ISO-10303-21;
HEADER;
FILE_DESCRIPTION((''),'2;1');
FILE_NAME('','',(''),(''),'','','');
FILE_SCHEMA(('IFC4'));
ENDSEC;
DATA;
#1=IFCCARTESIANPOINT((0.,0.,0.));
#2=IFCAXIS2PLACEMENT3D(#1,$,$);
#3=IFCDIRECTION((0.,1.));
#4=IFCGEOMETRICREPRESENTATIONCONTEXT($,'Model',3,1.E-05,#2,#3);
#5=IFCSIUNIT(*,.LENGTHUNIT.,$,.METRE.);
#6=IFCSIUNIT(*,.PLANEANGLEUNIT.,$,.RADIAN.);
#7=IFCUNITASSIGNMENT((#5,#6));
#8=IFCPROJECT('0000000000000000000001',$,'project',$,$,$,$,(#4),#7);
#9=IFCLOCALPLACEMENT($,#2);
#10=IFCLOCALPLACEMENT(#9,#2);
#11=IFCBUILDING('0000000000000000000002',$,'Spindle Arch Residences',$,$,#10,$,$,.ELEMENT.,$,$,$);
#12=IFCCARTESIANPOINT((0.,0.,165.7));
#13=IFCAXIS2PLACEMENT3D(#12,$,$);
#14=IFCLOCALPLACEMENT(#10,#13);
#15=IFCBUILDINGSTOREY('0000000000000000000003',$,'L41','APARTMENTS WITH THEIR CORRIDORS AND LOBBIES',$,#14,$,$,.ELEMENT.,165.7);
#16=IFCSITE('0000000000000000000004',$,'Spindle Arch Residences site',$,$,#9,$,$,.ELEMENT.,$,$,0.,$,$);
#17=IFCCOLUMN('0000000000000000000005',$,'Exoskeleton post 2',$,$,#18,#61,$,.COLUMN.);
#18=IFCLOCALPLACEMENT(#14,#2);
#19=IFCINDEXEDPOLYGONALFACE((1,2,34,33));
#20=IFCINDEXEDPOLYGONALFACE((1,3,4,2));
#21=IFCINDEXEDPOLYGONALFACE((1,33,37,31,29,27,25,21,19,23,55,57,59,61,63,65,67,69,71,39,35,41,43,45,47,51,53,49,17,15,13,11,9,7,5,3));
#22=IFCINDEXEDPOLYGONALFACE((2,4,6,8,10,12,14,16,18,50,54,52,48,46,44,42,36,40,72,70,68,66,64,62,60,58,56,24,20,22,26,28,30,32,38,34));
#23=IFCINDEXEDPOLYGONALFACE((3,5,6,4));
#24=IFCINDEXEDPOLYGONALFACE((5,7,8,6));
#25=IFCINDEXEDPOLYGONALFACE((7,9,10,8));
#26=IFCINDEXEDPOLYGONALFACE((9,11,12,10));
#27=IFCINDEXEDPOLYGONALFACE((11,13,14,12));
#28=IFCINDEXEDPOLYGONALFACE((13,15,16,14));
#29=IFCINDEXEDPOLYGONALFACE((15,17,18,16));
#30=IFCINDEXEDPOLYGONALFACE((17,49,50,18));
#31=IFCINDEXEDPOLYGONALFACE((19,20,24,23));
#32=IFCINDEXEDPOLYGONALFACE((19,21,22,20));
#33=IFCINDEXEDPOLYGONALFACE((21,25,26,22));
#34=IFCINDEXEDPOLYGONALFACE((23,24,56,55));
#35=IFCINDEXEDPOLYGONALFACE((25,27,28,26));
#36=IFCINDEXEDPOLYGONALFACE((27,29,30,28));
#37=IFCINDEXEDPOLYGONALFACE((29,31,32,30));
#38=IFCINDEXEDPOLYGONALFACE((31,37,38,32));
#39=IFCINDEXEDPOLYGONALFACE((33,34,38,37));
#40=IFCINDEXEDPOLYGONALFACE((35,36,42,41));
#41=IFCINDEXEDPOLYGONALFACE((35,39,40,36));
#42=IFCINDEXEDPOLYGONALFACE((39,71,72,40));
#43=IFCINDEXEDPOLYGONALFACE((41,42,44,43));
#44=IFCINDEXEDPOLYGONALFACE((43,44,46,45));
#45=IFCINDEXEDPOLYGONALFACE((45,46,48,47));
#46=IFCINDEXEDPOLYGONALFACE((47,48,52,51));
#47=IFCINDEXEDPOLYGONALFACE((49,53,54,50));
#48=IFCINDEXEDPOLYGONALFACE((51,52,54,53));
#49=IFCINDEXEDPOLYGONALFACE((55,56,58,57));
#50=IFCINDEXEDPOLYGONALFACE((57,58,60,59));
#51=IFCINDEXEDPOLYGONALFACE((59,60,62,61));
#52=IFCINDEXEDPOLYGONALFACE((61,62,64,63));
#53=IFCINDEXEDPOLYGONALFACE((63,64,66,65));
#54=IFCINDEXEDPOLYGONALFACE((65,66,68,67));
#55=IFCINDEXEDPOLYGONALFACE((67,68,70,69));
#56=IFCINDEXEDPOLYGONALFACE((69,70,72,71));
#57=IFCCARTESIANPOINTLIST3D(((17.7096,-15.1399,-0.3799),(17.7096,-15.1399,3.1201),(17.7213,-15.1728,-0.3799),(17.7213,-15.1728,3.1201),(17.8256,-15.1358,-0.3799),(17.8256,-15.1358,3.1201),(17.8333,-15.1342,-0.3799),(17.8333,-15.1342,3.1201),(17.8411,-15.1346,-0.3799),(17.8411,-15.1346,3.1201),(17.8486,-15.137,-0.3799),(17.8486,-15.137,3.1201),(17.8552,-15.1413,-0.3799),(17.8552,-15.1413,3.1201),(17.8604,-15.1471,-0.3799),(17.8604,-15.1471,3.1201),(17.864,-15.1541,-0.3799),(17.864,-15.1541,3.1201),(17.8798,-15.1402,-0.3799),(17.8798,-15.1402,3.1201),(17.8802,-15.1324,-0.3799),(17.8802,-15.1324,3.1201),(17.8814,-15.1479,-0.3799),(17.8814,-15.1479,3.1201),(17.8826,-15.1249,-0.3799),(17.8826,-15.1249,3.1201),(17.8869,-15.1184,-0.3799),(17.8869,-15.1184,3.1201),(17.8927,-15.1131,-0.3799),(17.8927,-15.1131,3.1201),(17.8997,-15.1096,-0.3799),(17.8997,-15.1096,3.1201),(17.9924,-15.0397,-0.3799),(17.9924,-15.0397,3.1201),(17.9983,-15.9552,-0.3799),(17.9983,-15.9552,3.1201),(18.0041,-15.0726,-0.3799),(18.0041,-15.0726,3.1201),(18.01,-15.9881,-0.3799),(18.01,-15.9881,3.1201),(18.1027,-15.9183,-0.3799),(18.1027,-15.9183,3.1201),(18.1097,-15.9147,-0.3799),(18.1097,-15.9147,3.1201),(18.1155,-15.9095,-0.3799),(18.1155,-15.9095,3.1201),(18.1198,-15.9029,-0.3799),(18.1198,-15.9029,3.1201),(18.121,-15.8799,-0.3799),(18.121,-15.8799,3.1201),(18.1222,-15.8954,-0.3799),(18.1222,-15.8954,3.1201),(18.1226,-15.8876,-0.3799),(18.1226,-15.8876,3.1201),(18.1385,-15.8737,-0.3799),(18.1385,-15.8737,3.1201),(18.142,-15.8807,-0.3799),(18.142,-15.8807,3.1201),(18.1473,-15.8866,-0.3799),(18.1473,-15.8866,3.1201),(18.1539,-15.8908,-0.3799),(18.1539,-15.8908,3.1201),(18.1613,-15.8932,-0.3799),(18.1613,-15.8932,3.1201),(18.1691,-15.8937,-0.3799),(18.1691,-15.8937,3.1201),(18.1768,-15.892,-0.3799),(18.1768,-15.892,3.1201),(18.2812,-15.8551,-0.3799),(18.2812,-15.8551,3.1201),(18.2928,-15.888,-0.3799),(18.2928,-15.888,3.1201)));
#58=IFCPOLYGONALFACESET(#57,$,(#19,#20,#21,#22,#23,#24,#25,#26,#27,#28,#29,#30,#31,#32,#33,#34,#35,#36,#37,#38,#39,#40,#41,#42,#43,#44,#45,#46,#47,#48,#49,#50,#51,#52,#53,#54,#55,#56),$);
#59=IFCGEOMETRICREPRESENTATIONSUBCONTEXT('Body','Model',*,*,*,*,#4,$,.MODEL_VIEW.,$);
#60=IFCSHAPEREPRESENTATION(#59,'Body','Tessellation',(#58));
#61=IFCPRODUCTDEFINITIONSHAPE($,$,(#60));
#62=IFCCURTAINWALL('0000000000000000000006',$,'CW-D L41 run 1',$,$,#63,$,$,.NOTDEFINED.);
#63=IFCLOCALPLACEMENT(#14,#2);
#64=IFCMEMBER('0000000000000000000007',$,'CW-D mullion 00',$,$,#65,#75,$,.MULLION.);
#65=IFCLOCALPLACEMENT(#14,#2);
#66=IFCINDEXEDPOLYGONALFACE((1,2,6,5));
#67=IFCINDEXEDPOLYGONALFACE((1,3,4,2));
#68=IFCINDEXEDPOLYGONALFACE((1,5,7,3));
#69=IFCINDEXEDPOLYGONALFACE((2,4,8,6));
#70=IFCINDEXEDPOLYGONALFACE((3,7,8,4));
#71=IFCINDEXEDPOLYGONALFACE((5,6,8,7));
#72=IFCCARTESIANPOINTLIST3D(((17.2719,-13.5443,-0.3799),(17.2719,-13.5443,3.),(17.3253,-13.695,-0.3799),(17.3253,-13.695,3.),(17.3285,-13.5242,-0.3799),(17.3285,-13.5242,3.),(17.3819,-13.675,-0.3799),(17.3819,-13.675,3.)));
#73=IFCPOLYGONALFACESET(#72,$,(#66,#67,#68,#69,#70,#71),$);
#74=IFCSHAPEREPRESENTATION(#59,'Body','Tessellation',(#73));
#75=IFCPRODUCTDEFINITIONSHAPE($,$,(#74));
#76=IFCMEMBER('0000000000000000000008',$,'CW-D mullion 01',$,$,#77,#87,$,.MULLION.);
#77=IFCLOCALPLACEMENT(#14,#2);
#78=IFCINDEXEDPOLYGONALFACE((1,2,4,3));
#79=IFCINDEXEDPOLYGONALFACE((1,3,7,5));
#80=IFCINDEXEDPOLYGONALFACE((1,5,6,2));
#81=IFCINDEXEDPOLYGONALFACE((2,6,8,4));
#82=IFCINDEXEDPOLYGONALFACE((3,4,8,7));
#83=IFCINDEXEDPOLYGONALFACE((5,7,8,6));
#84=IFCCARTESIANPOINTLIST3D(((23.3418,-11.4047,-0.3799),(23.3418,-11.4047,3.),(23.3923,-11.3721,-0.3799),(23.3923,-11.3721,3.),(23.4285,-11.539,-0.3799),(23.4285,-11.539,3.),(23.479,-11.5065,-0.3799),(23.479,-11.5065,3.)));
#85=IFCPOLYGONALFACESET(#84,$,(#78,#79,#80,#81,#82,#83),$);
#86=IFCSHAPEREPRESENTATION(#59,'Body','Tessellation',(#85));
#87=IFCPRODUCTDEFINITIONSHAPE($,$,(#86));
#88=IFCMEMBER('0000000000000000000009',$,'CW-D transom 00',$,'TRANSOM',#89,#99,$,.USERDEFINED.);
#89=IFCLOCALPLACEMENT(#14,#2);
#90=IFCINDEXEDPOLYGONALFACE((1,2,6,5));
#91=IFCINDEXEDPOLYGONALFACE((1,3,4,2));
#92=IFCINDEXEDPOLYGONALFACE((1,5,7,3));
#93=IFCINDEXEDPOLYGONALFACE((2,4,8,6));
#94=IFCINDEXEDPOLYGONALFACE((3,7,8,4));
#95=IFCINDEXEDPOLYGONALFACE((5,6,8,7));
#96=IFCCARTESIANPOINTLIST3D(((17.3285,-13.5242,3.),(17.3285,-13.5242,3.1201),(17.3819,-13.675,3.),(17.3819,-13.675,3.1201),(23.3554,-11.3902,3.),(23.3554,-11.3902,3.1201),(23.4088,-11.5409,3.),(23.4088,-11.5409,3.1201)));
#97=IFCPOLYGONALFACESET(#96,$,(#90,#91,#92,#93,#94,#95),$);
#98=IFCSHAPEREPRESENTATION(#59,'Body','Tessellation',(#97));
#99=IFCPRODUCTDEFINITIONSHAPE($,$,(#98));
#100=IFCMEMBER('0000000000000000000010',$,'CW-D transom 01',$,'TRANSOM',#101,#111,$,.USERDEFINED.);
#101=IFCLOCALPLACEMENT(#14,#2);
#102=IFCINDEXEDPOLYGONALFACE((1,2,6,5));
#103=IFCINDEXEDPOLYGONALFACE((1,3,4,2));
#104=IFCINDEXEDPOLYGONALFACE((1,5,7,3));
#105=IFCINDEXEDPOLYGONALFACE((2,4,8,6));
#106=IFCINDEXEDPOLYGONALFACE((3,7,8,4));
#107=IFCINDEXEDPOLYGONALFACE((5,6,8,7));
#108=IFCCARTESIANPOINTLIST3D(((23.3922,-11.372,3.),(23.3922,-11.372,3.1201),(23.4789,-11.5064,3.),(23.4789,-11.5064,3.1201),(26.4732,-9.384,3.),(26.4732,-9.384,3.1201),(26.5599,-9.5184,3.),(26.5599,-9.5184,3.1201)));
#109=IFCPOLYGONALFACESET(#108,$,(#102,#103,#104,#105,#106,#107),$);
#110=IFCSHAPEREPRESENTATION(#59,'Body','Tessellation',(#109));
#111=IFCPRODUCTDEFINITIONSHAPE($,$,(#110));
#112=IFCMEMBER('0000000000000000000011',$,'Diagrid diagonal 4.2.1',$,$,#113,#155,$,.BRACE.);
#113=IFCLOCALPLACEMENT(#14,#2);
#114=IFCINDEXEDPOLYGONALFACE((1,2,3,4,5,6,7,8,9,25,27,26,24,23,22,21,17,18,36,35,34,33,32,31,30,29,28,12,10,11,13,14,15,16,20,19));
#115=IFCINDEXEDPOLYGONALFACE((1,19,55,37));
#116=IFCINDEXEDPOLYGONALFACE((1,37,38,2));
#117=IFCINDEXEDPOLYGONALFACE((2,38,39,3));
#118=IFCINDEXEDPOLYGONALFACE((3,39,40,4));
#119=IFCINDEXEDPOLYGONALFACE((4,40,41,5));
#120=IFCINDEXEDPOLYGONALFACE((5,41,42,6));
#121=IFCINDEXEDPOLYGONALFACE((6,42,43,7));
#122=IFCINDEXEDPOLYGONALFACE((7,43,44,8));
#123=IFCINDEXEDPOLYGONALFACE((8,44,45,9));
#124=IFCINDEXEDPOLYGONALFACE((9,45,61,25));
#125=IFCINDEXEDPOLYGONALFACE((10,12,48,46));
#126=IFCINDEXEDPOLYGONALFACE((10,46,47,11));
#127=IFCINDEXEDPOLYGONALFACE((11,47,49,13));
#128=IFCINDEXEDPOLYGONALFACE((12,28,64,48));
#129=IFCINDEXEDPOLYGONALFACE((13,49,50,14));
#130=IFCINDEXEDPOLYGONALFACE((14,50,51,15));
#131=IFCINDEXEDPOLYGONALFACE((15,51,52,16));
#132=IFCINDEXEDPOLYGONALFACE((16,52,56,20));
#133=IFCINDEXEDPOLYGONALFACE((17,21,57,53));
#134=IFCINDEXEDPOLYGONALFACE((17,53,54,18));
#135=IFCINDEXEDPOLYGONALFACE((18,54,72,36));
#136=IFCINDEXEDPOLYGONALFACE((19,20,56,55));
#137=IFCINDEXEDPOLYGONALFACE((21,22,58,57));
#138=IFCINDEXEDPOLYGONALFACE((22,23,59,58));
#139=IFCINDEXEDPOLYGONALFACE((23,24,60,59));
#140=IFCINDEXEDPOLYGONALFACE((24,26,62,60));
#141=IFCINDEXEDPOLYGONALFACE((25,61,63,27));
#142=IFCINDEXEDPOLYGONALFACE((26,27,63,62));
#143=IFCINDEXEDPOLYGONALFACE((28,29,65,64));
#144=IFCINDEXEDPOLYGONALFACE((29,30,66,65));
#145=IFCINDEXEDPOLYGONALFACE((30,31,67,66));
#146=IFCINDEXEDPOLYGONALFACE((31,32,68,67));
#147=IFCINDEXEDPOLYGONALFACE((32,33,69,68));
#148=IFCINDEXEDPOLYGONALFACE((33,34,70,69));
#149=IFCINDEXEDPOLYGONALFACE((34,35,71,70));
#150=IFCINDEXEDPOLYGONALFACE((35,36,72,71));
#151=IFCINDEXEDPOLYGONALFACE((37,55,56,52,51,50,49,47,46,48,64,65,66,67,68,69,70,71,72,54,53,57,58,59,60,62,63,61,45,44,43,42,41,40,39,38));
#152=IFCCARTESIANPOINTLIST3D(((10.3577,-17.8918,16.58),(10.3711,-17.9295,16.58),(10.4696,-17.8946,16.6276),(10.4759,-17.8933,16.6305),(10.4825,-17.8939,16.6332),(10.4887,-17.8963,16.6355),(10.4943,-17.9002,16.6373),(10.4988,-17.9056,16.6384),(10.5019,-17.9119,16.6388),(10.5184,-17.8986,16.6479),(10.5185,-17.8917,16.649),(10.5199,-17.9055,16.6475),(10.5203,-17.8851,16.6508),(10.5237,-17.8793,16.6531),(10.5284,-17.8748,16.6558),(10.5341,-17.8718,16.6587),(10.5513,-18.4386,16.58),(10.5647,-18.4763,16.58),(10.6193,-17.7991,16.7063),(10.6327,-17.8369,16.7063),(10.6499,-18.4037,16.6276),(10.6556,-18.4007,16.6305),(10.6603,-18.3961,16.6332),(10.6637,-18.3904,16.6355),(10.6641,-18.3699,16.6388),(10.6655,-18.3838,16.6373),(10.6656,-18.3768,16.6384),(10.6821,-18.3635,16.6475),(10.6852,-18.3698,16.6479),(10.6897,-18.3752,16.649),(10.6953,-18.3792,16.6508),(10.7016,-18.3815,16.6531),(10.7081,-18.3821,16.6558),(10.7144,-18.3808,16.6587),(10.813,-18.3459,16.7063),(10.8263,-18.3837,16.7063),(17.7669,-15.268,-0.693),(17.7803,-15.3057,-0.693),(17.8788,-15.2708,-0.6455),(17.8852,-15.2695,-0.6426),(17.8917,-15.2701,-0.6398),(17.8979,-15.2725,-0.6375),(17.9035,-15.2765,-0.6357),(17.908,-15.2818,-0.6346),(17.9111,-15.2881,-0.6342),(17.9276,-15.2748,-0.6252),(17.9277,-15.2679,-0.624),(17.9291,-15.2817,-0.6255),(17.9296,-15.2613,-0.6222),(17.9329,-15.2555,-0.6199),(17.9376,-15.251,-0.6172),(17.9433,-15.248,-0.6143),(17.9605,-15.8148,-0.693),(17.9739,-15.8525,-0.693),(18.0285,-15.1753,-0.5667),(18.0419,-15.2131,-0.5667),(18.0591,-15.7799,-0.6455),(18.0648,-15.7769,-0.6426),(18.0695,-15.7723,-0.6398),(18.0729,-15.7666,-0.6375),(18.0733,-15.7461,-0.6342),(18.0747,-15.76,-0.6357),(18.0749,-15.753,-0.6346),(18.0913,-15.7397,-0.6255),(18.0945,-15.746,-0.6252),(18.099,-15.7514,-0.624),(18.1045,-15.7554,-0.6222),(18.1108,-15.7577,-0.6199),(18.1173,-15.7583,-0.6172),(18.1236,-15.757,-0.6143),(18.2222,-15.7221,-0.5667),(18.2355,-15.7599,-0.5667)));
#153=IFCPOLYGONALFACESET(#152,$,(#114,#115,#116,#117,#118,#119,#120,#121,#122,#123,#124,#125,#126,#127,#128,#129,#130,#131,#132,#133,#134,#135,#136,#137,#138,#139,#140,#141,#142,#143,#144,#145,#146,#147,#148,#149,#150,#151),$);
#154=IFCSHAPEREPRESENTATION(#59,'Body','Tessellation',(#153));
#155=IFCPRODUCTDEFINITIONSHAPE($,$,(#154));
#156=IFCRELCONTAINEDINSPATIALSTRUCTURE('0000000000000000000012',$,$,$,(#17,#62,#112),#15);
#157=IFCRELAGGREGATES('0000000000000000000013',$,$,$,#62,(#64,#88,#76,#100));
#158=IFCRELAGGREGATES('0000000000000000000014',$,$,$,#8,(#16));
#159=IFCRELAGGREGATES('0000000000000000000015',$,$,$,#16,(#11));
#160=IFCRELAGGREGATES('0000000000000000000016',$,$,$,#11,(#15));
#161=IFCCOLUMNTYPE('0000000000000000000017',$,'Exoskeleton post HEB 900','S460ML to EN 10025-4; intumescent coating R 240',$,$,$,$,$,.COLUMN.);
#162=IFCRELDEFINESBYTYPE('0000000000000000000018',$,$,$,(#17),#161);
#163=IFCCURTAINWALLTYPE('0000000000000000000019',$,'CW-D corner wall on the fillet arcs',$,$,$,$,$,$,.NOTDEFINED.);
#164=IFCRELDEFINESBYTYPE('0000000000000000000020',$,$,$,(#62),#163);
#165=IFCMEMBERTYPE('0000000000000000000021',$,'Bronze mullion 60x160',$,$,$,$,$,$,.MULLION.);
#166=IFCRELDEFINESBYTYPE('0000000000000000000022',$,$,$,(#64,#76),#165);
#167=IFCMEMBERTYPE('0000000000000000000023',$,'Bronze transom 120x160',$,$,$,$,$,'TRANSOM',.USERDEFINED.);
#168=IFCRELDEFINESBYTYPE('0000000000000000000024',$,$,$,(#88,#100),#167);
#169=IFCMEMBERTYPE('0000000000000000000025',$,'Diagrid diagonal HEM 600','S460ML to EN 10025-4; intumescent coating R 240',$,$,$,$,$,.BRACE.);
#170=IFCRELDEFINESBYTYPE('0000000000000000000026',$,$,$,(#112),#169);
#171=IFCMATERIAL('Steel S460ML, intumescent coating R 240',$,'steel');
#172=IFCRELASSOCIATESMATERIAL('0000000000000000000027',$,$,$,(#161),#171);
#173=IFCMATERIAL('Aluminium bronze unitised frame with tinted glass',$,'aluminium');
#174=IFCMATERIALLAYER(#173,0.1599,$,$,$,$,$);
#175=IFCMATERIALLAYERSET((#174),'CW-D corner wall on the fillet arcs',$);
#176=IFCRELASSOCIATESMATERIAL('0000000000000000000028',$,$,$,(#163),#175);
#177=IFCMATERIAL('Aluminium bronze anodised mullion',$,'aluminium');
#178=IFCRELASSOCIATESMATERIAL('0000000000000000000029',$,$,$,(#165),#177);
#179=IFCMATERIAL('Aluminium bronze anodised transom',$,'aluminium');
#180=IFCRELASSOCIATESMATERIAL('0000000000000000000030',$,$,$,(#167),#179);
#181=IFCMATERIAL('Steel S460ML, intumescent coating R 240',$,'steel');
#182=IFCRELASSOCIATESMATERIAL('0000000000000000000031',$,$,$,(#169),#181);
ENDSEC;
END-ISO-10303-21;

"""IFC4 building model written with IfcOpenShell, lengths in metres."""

from ifc_helpers import new_model, si_unit, direction, frame, origin, origin_2d, place, context, subcontext, project, spatial, rectangle, i_section, extrude, material, layer, layer_set, material_profile, profile_set, type_object, element, aggregate, save


model = new_model("IFC4")

# Units and contexts
model_context = context("Model", 3, precision=1e-05, world=origin(), true_north=direction((0.0, 1.0)))
body_context = subcontext(model_context, "Body", "Model", "MODEL_VIEW")
ifc_project = project(units=[si_unit("LENGTHUNIT", "METRE"), si_unit("PLANEANGLEUNIT", "RADIAN")], contexts=[model_context])

# Site, building, storey
site_placement = place(None, origin())
site = spatial("IfcSite", under=ifc_project, at=site_placement, Name="Spindle Arch Residences site", CompositionType="ELEMENT", RefElevation=0.0)
building_placement = place(site_placement, origin())
building = spatial("IfcBuilding", under=site, at=building_placement, Name="Spindle Arch Residences", CompositionType="ELEMENT")
storey_placement = place(building_placement, frame((0.0, 0.0, 165.7)))
storey = spatial("IfcBuildingStorey", under=building, at=storey_placement, Name="L41", Description="APARTMENTS WITH THEIR CORRIDORS AND LOBBIES", CompositionType="ELEMENT", Elevation=165.7)

# Column
ifc_material_1 = material(Name="Steel S460ML, intumescent coating R 240", Category="steel")
ifc_material_profile_1 = material_profile(ifc_material_1, i_section(OverallWidth=0.3, OverallDepth=0.8999, WebThickness=0.0186, FlangeThickness=0.0349, FilletRadius=0.03, at=origin_2d()), Name="HEB 900")
ifc_profile_set_1 = profile_set([ifc_material_profile_1], Name="Steel S460ML, intumescent coating R 240")
column_type = type_object("IfcColumnType", Name="Exoskeleton post HEB 900", Description="S460ML to EN 10025-4; intumescent coating R 240", PredefinedType="COLUMN", material=ifc_profile_set_1)
column_placement = place(storey_placement, frame((18.0012, -15.5139, -0.3799), z_axis=(0.0, 0.0, 1.0), x_axis=(-0.942641, -0.333807, 0.0)))
element("IfcColumn", 1, at=column_placement, inside=storey, type_object=column_type, Name="Exoskeleton post 2", PredefinedType="COLUMN", context=body_context, shape_type="SweptSolid", body=[
    extrude(i_section(OverallWidth=0.3, OverallDepth=0.8999, WebThickness=0.0186, FlangeThickness=0.0349, FilletRadius=0.03, at=origin_2d()), origin(), (0.0, 0.0, 1.0), 3.5),
])

# Curtain wall, members
ifc_material_2 = material(Name="Aluminium bronze unitised frame with tinted glass", Category="aluminium")
ifc_layer_1 = layer(ifc_material_2, 0.1599)
ifc_layer_set_1 = layer_set([ifc_layer_1], Name="CW-D corner wall on the fillet arcs")
curtain_wall_type_1 = type_object("IfcCurtainWallType", Name="CW-D corner wall on the fillet arcs", PredefinedType="NOTDEFINED", material=ifc_layer_set_1)
curtain_wall_1_placement = place(storey_placement, origin())
curtain_wall_1 = element("IfcCurtainWall", 2, at=curtain_wall_1_placement, inside=storey, type_object=curtain_wall_type_1, Name="CW-D L41 run 1", PredefinedType="NOTDEFINED")
ifc_material_3 = material(Name="Aluminium bronze anodised mullion", Category="aluminium")
ifc_material_profile_2 = material_profile(ifc_material_3, rectangle(XDim=0.1599, YDim=0.0601, at=origin_2d()), Name="MU 60x160")
ifc_profile_set_2 = profile_set([ifc_material_profile_2], Name="Aluminium bronze anodised mullion")
member_type_1 = type_object("IfcMemberType", Name="Bronze mullion 60x160", PredefinedType="MULLION", material=ifc_profile_set_2)
member_1_placement = place(storey_placement, frame((17.3269, -13.6096, -0.3799), z_axis=(0.0, 0.0, 1.0), x_axis=(-0.333807, 0.942641, 0.0)))
member_1 = element("IfcMember", 3, at=member_1_placement, type_object=member_type_1, Name="CW-D mullion 00", PredefinedType="MULLION", context=body_context, shape_type="SweptSolid", body=[
    extrude(rectangle(XDim=0.1599, YDim=0.0601, at=origin_2d()), origin(), (0.0, 0.0, 1.0), 3.3799),
])
member_2_placement = place(storey_placement, frame((23.4104, -11.4556, -0.3799), z_axis=(0.0, 0.0, 1.0), x_axis=(-0.542197, 0.840251, 0.0)))
member_2 = element("IfcMember", 4, at=member_2_placement, type_object=member_type_1, Name="CW-D mullion 01", PredefinedType="MULLION", context=body_context, shape_type="SweptSolid", body=[
    extrude(rectangle(XDim=0.1599, YDim=0.0601, at=origin_2d()), origin(), (0.0, 0.0, 1.0), 3.3799),
])
ifc_material_4 = material(Name="Aluminium bronze anodised transom", Category="aluminium")
ifc_material_profile_3 = material_profile(ifc_material_4, rectangle(XDim=0.1599, YDim=0.1201, at=origin_2d()), Name="TR 120x160")
ifc_profile_set_3 = profile_set([ifc_material_profile_3], Name="Aluminium bronze anodised transom")
member_type_2 = type_object("IfcMemberType", Name="Bronze transom 120x160", ElementType="TRANSOM", PredefinedType="USERDEFINED", material=ifc_profile_set_3)
member_3_placement = place(storey_placement, frame((17.3552, -13.5996, 3.0601), z_axis=(0.942651, 0.333781, 0.0), x_axis=(-0.333781, 0.942651, 0.0)))
member_3 = element("IfcMember", 5, at=member_3_placement, type_object=member_type_2, Name="CW-D transom 00", ObjectType="TRANSOM", PredefinedType="USERDEFINED", context=body_context, shape_type="SweptSolid", body=[
    extrude(rectangle(XDim=0.1599, YDim=0.1201, at=origin_2d()), origin(), (0.0, 0.0, 1.0), 6.3936),
])
member_4_placement = place(storey_placement, frame((23.4355, -11.4392, 3.0601), z_axis=(0.840264, 0.542177, 0.0), x_axis=(-0.542177, 0.840264, 0.0)))
member_4 = element("IfcMember", 6, at=member_4_placement, type_object=member_type_2, Name="CW-D transom 01", ObjectType="TRANSOM", PredefinedType="USERDEFINED", context=body_context, shape_type="SweptSolid", body=[
    extrude(rectangle(XDim=0.1599, YDim=0.1201, at=origin_2d()), origin(), (0.0, 0.0, 1.0), 3.6667),
])

# Member
ifc_material_5 = material(Name="Steel S460ML, intumescent coating R 240", Category="steel")
ifc_material_profile_4 = material_profile(ifc_material_5, i_section(OverallWidth=0.3049, OverallDepth=0.6201, WebThickness=0.021, FlangeThickness=0.04, FilletRadius=0.0271, at=origin_2d()), Name="HEM 600")
ifc_profile_set_4 = profile_set([ifc_material_profile_4], Name="Steel S460ML, intumescent coating R 240")
member_type_3 = type_object("IfcMemberType", Name="Diagrid diagonal HEM 600", Description="S460ML to EN 10025-4; intumescent coating R 240", PredefinedType="BRACE", material=ifc_profile_set_4)
member_5_placement = place(storey_placement, frame((18.0012, -15.5139, -0.6299), z_axis=(-0.390425, -0.138259, 0.910194), x_axis=(0.857985, 0.303834, 0.414183)))
element("IfcMember", 7, at=member_5_placement, inside=storey, type_object=member_type_3, Name="Diagrid diagonal 4.2.1", PredefinedType="BRACE", context=body_context, shape_type="SweptSolid", body=[
    extrude(i_section(OverallWidth=0.3049, OverallDepth=0.6201, WebThickness=0.021, FlangeThickness=0.04, FilletRadius=0.0271, at=origin_2d()), origin(), (0.0, 0.0, 1.0), 18.9773),
])

aggregate(curtain_wall_1, [member_1, member_3, member_2, member_4])

save(model, "model.ifc")
